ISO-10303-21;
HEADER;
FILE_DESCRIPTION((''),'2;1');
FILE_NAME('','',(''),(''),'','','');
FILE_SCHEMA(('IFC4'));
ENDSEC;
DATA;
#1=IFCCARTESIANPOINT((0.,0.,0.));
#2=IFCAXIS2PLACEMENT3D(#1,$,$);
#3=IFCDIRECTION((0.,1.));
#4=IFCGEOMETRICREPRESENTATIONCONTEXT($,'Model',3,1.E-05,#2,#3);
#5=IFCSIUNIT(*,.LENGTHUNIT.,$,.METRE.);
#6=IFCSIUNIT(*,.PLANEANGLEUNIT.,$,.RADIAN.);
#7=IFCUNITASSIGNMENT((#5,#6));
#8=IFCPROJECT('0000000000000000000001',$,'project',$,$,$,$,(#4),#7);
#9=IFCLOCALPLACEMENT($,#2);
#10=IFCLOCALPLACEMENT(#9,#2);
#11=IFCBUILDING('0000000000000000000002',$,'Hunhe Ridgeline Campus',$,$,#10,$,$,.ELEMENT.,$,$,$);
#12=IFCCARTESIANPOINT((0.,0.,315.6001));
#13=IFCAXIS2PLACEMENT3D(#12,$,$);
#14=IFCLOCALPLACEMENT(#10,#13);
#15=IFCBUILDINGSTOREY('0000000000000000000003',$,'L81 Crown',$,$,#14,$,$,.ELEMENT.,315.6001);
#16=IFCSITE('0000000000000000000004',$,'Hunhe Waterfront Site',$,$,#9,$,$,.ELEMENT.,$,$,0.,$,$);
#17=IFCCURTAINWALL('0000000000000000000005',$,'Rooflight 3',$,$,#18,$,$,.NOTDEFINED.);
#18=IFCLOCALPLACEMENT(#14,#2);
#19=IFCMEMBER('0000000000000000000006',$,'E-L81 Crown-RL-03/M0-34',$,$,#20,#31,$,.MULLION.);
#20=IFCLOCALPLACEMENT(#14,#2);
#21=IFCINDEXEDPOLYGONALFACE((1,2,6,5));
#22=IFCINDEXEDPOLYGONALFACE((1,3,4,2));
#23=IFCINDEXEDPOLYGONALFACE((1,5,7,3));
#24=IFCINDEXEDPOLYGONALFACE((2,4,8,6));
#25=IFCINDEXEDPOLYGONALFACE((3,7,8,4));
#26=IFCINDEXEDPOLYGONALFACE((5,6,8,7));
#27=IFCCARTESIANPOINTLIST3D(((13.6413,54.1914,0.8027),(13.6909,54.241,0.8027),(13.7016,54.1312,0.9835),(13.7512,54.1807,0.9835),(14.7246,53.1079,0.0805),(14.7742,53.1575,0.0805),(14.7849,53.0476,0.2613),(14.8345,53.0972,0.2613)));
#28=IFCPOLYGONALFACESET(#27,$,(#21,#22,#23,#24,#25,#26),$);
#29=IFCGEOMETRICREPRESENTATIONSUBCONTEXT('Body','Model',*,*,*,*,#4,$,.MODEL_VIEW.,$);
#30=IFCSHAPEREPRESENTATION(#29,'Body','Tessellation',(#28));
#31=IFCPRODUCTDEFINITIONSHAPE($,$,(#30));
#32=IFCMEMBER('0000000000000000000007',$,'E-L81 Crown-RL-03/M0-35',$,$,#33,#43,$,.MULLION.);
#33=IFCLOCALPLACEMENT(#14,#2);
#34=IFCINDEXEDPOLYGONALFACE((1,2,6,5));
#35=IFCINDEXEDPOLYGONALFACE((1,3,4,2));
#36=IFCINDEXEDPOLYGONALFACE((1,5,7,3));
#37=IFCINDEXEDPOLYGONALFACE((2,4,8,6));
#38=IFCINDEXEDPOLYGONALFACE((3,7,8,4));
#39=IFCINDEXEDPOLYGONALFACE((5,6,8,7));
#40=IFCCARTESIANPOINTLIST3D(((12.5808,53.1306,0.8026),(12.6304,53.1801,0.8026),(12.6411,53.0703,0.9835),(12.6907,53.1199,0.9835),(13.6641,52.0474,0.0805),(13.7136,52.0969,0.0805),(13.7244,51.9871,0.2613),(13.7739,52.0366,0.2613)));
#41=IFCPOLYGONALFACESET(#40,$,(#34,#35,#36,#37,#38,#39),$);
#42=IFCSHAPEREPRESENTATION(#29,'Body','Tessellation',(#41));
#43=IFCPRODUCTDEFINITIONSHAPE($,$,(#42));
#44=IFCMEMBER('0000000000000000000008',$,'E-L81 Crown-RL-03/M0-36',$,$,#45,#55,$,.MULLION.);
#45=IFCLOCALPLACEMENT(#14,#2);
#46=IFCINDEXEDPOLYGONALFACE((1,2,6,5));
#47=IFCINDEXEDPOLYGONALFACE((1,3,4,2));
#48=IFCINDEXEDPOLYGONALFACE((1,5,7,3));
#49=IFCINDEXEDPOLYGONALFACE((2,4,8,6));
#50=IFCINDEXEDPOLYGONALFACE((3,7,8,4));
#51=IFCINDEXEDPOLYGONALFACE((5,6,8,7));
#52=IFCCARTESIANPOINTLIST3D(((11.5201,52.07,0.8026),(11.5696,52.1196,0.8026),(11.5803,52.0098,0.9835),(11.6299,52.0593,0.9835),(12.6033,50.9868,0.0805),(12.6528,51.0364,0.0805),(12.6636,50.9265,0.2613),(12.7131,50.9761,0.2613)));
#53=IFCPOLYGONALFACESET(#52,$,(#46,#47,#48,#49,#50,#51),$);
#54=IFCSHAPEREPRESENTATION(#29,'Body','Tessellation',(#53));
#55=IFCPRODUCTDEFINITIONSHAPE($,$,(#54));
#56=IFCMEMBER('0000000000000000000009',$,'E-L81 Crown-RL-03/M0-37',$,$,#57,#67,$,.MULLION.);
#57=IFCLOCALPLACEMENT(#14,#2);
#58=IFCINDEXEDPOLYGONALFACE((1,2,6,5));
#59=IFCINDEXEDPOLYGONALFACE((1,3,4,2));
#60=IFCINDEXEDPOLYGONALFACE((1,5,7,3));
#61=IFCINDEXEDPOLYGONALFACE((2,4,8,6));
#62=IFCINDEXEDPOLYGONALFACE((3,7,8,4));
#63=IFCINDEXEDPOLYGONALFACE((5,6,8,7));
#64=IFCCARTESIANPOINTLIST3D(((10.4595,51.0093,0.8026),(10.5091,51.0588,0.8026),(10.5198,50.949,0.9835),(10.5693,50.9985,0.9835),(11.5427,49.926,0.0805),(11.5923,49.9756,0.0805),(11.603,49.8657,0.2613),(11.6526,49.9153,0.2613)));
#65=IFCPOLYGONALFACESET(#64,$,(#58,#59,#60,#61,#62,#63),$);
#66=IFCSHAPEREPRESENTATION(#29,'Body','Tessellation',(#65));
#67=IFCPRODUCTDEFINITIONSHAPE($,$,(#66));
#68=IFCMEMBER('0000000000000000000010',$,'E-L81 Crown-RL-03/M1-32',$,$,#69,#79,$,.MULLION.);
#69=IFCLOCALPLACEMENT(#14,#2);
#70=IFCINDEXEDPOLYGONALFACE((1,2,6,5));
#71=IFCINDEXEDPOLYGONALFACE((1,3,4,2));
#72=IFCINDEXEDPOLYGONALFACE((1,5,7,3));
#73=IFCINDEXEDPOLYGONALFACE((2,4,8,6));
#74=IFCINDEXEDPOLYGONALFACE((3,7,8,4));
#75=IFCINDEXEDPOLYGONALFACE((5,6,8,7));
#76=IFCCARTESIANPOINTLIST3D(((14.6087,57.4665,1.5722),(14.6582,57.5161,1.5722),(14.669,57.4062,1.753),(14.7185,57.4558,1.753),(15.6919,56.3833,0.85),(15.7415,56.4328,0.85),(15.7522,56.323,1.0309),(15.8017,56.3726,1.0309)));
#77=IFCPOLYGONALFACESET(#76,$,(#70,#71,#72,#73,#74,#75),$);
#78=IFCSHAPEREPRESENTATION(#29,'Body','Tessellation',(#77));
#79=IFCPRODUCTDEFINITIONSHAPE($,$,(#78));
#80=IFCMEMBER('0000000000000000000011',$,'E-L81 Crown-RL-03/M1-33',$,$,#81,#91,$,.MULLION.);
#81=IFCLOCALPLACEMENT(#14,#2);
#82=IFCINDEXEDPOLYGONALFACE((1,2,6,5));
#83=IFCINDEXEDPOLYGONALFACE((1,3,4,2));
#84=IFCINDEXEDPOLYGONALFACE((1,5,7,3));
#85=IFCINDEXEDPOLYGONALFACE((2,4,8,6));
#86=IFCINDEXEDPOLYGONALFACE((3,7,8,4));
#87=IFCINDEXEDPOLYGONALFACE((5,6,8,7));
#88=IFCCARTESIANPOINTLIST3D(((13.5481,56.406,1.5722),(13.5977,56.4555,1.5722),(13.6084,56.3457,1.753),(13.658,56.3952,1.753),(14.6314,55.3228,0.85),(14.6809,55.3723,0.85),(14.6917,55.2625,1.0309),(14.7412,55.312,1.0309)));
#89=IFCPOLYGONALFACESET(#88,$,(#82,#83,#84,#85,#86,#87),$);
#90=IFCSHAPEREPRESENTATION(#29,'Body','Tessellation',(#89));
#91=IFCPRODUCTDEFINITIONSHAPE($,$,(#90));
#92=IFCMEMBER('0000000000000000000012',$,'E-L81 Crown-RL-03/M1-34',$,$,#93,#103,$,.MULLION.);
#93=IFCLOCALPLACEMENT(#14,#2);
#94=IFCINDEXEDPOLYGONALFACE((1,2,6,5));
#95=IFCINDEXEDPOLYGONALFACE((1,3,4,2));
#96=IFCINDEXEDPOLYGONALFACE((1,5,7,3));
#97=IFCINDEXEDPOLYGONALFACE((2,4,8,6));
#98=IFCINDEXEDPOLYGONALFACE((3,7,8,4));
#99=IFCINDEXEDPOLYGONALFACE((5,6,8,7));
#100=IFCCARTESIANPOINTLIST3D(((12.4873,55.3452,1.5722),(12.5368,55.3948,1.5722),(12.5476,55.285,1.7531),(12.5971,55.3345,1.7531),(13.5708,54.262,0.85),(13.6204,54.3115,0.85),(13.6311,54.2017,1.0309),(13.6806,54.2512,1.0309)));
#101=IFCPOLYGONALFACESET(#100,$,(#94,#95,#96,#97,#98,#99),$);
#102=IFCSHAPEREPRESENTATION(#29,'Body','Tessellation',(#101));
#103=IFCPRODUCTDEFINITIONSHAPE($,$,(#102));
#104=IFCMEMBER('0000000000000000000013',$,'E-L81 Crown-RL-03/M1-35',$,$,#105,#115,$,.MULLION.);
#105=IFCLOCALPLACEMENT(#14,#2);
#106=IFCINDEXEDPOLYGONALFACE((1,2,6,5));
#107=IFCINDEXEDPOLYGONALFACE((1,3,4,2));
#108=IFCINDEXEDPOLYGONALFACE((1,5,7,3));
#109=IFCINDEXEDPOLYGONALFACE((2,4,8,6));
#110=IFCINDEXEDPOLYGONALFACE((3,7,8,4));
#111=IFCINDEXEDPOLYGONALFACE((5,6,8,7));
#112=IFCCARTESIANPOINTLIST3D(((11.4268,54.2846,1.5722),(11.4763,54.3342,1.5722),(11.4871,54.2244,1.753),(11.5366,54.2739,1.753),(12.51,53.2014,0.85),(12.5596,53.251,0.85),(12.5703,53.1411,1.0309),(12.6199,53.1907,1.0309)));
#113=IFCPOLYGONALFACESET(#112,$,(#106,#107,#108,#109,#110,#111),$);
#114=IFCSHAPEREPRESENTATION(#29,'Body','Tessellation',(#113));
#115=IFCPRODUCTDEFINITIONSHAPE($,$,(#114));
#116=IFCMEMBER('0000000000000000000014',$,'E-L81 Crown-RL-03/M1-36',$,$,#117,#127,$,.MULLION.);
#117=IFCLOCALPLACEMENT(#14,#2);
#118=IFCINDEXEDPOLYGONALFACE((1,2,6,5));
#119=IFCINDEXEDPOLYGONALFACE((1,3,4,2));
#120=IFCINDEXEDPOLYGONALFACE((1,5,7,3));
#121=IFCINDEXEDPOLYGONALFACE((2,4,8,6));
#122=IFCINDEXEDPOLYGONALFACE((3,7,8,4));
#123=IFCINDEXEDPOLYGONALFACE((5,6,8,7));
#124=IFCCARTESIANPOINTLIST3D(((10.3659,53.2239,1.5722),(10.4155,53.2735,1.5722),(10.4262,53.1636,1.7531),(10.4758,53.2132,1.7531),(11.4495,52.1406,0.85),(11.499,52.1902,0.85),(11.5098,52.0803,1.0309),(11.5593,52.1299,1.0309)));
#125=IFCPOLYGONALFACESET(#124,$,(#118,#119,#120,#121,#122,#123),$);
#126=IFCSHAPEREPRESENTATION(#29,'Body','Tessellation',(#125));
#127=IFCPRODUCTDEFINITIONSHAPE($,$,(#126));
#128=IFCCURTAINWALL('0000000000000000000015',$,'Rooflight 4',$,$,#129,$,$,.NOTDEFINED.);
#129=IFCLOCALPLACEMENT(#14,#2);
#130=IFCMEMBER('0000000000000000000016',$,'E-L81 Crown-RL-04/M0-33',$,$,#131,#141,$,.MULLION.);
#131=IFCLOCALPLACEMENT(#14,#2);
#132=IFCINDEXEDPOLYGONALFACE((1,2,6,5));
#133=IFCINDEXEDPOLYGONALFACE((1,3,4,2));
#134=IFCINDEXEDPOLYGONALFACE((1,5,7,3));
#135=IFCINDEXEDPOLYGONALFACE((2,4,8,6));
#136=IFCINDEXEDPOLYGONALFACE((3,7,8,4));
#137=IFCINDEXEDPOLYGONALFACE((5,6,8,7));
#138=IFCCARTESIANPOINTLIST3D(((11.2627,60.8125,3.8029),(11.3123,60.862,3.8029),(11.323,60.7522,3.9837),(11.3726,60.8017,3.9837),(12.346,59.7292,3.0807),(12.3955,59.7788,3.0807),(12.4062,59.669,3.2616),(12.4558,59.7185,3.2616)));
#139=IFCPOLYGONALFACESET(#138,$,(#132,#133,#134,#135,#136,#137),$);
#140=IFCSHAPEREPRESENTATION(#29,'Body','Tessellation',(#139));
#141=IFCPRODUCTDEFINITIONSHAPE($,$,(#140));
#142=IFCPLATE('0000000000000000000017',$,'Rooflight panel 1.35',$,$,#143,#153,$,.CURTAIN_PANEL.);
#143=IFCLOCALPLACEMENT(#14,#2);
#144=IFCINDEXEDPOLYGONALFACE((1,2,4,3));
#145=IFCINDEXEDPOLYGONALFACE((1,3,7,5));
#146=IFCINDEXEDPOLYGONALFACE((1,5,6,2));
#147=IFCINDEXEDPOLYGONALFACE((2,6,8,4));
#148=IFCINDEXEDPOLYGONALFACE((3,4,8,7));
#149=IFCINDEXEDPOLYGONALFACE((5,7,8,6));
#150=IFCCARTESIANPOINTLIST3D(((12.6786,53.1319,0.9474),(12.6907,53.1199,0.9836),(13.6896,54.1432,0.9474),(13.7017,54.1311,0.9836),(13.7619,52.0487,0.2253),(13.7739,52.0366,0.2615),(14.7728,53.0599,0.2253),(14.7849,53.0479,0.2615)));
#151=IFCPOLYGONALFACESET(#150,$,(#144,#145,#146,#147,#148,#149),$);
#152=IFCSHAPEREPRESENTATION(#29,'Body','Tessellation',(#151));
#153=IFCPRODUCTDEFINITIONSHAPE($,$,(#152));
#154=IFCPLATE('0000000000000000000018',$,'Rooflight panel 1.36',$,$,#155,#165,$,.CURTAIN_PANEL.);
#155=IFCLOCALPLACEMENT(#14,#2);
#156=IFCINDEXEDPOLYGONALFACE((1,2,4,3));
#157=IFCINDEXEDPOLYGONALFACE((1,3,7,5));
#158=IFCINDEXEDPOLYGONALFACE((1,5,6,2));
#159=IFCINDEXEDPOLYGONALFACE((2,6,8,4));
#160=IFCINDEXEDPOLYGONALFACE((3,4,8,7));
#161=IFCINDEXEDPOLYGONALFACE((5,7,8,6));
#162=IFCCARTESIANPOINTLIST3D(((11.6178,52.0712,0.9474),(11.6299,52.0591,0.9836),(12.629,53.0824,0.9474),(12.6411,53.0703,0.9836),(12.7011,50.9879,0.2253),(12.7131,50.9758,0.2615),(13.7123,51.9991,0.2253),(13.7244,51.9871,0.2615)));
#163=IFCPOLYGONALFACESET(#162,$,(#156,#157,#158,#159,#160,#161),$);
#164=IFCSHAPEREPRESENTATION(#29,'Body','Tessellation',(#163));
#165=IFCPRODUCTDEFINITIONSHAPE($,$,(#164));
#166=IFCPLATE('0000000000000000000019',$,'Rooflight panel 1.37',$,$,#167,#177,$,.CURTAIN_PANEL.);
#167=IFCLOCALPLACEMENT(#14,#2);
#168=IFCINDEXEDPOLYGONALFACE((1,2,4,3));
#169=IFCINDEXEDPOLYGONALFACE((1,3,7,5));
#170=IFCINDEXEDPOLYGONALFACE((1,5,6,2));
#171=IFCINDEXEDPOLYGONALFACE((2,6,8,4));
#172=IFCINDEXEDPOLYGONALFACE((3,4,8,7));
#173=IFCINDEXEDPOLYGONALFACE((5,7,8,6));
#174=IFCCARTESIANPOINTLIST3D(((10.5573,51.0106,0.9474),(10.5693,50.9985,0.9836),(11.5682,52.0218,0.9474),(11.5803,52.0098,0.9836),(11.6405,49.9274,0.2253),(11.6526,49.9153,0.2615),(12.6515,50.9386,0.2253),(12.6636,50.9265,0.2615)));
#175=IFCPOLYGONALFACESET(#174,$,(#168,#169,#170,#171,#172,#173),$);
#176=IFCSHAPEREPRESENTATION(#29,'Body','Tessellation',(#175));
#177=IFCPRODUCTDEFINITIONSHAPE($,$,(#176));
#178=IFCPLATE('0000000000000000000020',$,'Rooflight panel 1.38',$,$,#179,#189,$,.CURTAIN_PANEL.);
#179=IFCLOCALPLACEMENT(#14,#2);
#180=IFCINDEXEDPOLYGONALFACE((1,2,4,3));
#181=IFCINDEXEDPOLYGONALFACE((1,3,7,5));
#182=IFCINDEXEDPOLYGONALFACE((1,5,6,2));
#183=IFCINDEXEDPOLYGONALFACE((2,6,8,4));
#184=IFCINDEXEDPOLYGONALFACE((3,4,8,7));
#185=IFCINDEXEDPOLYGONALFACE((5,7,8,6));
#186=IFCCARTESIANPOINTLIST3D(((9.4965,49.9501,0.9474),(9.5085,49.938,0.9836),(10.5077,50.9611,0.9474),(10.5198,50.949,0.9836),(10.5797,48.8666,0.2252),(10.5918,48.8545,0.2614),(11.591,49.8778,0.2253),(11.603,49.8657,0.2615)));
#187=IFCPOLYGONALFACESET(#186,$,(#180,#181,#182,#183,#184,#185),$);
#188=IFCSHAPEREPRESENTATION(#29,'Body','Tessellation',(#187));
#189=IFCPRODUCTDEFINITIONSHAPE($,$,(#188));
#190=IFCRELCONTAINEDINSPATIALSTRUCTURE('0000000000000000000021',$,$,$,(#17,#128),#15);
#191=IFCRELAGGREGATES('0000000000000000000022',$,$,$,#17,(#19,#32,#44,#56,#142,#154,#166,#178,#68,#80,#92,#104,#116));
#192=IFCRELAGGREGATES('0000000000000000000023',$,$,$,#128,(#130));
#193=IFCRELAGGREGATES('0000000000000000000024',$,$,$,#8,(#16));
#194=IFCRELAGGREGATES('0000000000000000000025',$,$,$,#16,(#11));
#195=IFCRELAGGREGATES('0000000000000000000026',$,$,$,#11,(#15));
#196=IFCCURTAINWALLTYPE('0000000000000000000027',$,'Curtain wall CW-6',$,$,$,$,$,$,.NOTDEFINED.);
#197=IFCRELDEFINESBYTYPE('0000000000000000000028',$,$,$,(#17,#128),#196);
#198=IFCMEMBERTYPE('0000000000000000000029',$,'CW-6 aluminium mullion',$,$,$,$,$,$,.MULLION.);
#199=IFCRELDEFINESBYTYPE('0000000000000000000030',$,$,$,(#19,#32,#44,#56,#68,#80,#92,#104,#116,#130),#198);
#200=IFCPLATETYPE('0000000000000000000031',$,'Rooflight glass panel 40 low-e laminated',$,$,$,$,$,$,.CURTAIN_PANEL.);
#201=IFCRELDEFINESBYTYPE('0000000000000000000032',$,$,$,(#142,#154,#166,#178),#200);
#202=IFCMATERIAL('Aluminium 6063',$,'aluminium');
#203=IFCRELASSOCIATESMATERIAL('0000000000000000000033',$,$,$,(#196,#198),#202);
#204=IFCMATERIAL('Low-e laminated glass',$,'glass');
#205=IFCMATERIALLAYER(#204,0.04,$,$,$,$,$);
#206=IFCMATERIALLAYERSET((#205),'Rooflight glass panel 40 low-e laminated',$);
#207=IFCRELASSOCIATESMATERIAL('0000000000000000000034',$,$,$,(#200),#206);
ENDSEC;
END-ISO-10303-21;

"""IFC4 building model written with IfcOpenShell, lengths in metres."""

from ifc_helpers import new_model, si_unit, direction, frame, origin, origin_2d, place, context, subcontext, project, spatial, polyline, rectangle, outline, extrude, material, layer, layer_set, material_profile, profile_set, type_object, element, aggregate, save


model = new_model("IFC4")

# Units and contexts
model_context = context("Model", 3, precision=1e-05, world=origin(), true_north=direction((0.0, 1.0)))
body_context = subcontext(model_context, "Body", "Model", "MODEL_VIEW")
ifc_project = project(units=[si_unit("LENGTHUNIT", "METRE"), si_unit("PLANEANGLEUNIT", "RADIAN")], contexts=[model_context])

# Site, building, storey
site_placement = place(None, origin())
site = spatial("IfcSite", under=ifc_project, at=site_placement, Name="Hunhe Waterfront Site", CompositionType="ELEMENT", RefElevation=0.0)
building_placement = place(site_placement, origin())
building = spatial("IfcBuilding", under=site, at=building_placement, Name="Hunhe Ridgeline Campus", CompositionType="ELEMENT")
storey_placement = place(building_placement, frame((0.0, 0.0, 315.6001)))
storey = spatial("IfcBuildingStorey", under=building, at=storey_placement, Name="L81 Crown", CompositionType="ELEMENT", Elevation=315.6001)

# Curtain wall, members
ifc_material_1 = material(Name="Aluminium 6063", Category="aluminium")
curtain_wall_type = type_object("IfcCurtainWallType", Name="Curtain wall CW-6", PredefinedType="NOTDEFINED", material=ifc_material_1)
curtain_wall_1_placement = place(storey_placement, origin())
curtain_wall_1 = element("IfcCurtainWall", 1, at=curtain_wall_1_placement, inside=storey, type_object=curtain_wall_type, Name="Rooflight 3", PredefinedType="NOTDEFINED")
ifc_material_profile = material_profile(ifc_material_1, rectangle(XDim=0.0701, YDim=0.2, at=origin_2d()))
ifc_profile_set = profile_set([ifc_material_profile], Name="Aluminium 6063")
member_type = type_object("IfcMemberType", Name="CW-6 aluminium mullion", PredefinedType="MULLION", material=ifc_profile_set)
member_1_placement = place(storey_placement, frame((14.7795, 53.1025, 0.1709), z_axis=(-0.639543, 0.639687, 0.426362), x_axis=(-0.707186, -0.707027, 0.0)))
member_1 = element("IfcMember", 2, at=member_1_placement, type_object=member_type, Name="E-L81 Crown-RL-03/M0-34", PredefinedType="MULLION", context=body_context, shape_type="SweptSolid", body=[
    extrude(rectangle(XDim=0.0701, YDim=0.2, at=origin_2d()), origin(), (0.0, 0.0, 1.0), 1.6938),
])
member_2_placement = place(storey_placement, frame((13.719, 52.042, 0.1709), z_axis=(-0.639602, 0.639602, 0.426401), x_axis=(-0.707107, -0.707107, 0.0)))
member_2 = element("IfcMember", 3, at=member_2_placement, type_object=member_type, Name="E-L81 Crown-RL-03/M0-35", PredefinedType="MULLION", context=body_context, shape_type="SweptSolid", body=[
    extrude(rectangle(XDim=0.0701, YDim=0.2, at=origin_2d()), origin(), (0.0, 0.0, 1.0), 1.6936),
])
member_3_placement = place(storey_placement, frame((12.6582, 50.9814, 0.1709), z_axis=(-0.639602, 0.639602, 0.426401), x_axis=(-0.707107, -0.707107, 0.0)))
member_3 = element("IfcMember", 4, at=member_3_placement, type_object=member_type, Name="E-L81 Crown-RL-03/M0-36", PredefinedType="MULLION", context=body_context, shape_type="SweptSolid", body=[
    extrude(rectangle(XDim=0.0701, YDim=0.2, at=origin_2d()), origin(), (0.0, 0.0, 1.0), 1.6936),
])
member_4_placement = place(storey_placement, frame((11.5977, 49.9207, 0.1709), z_axis=(-0.639602, 0.639602, 0.426401), x_axis=(-0.707107, -0.707107, 0.0)))
member_4 = element("IfcMember", 5, at=member_4_placement, type_object=member_type, Name="E-L81 Crown-RL-03/M0-37", PredefinedType="MULLION", context=body_context, shape_type="SweptSolid", body=[
    extrude(rectangle(XDim=0.0701, YDim=0.2, at=origin_2d()), origin(), (0.0, 0.0, 1.0), 1.6936),
])
member_5_placement = place(storey_placement, frame((15.7468, 56.3779, 0.9404), z_axis=(-0.639602, 0.639602, 0.426401), x_axis=(-0.707107, -0.707107, 0.0)))
member_5 = element("IfcMember", 6, at=member_5_placement, type_object=member_type, Name="E-L81 Crown-RL-03/M1-32", PredefinedType="MULLION", context=body_context, shape_type="SweptSolid", body=[
    extrude(rectangle(XDim=0.0701, YDim=0.2, at=origin_2d()), origin(), (0.0, 0.0, 1.0), 1.6936),
])
member_6_placement = place(storey_placement, frame((14.6863, 55.3174, 0.9404), z_axis=(-0.639602, 0.639602, 0.426401), x_axis=(-0.707107, -0.707107, 0.0)))
member_6 = element("IfcMember", 7, at=member_6_placement, type_object=member_type, Name="E-L81 Crown-RL-03/M1-33", PredefinedType="MULLION", context=body_context, shape_type="SweptSolid", body=[
    extrude(rectangle(XDim=0.0701, YDim=0.2, at=origin_2d()), origin(), (0.0, 0.0, 1.0), 1.6936),
])
member_7_placement = place(storey_placement, frame((13.6257, 54.2566, 0.9404), z_axis=(-0.639687, 0.639543, 0.426362), x_axis=(-0.707027, -0.707186, 0.0)))
member_7 = element("IfcMember", 8, at=member_7_placement, type_object=member_type, Name="E-L81 Crown-RL-03/M1-34", PredefinedType="MULLION", context=body_context, shape_type="SweptSolid", body=[
    extrude(rectangle(XDim=0.0701, YDim=0.2, at=origin_2d()), origin(), (0.0, 0.0, 1.0), 1.6938),
])
member_8_placement = place(storey_placement, frame((12.5649, 53.196, 0.9404), z_axis=(-0.639602, 0.639602, 0.426401), x_axis=(-0.707107, -0.707107, 0.0)))
member_8 = element("IfcMember", 9, at=member_8_placement, type_object=member_type, Name="E-L81 Crown-RL-03/M1-35", PredefinedType="MULLION", context=body_context, shape_type="SweptSolid", body=[
    extrude(rectangle(XDim=0.0701, YDim=0.2, at=origin_2d()), origin(), (0.0, 0.0, 1.0), 1.6936),
])
member_9_placement = place(storey_placement, frame((11.5044, 52.1353, 0.9404), z_axis=(-0.639687, 0.639543, 0.426362), x_axis=(-0.707027, -0.707186, 0.0)))
member_9 = element("IfcMember", 10, at=member_9_placement, type_object=member_type, Name="E-L81 Crown-RL-03/M1-36", PredefinedType="MULLION", context=body_context, shape_type="SweptSolid", body=[
    extrude(rectangle(XDim=0.0701, YDim=0.2, at=origin_2d()), origin(), (0.0, 0.0, 1.0), 1.6938),
])

# Curtain wall, member
curtain_wall_2_placement = place(storey_placement, origin())
curtain_wall_2 = element("IfcCurtainWall", 11, at=curtain_wall_2_placement, inside=storey, type_object=curtain_wall_type, Name="Rooflight 4", PredefinedType="NOTDEFINED")
member_10_placement = place(storey_placement, frame((12.4009, 59.7239, 3.1711), z_axis=(-0.639602, 0.639602, 0.426401), x_axis=(-0.707107, -0.707107, 0.0)))
member_10 = element("IfcMember", 12, at=member_10_placement, type_object=member_type, Name="E-L81 Crown-RL-04/M0-33", PredefinedType="MULLION", context=body_context, shape_type="SweptSolid", body=[
    extrude(rectangle(XDim=0.0701, YDim=0.2, at=origin_2d()), origin(), (0.0, 0.0, 1.0), 1.6936),
])

# Plates
ifc_material_2 = material(Name="Low-e laminated glass", Category="glass")
ifc_layer = layer(ifc_material_2, 0.04)
ifc_layer_set = layer_set([ifc_layer], Name="Rooflight glass panel 40 low-e laminated")
plate_type = type_object("IfcPlateType", Name="Rooflight glass panel 40 low-e laminated", PredefinedType="CURTAIN_PANEL", material=ifc_layer_set)
plate_1_placement = place(storey_placement, frame((14.7849, 53.0479, 0.2615), z_axis=(0.301548, -0.301475, 0.904534), x_axis=(-0.639602, 0.639602, 0.426401)))
plate_1 = element("IfcPlate", 13, at=plate_1_placement, type_object=plate_type, Name="Rooflight panel 1.35", PredefinedType="CURTAIN_PANEL", context=body_context, shape_type="SweptSolid", body=[
    extrude(outline(polyline([(0.0, 0.0), (1.6936, 0.0), (1.6935, 1.4299), (-0.0002, 1.4299), (0.0, 0.0)])), origin(), (0.0, 0.0, -1.0), 0.04),
])
plate_2_placement = place(storey_placement, frame((13.7244, 51.9871, 0.2615), z_axis=(0.301511, -0.301511, 0.904534), x_axis=(-0.639602, 0.639602, 0.426401)))
plate_2 = element("IfcPlate", 14, at=plate_2_placement, type_object=plate_type, Name="Rooflight panel 1.36", PredefinedType="CURTAIN_PANEL", context=body_context, shape_type="SweptSolid", body=[
    extrude(outline(polyline([(0.0, 0.0), (1.6936, 0.0), (1.6936, 1.4301), (0.0, 1.4301), (0.0, 0.0)])), origin(), (0.0, 0.0, -1.0), 0.04),
])
plate_3_placement = place(storey_placement, frame((12.6636, 50.9265, 0.2615), z_axis=(0.301548, -0.301475, 0.904534), x_axis=(-0.639602, 0.639602, 0.426401)))
plate_3 = element("IfcPlate", 15, at=plate_3_placement, type_object=plate_type, Name="Rooflight panel 1.37", PredefinedType="CURTAIN_PANEL", context=body_context, shape_type="SweptSolid", body=[
    extrude(outline(polyline([(0.0, 0.0), (1.6936, 0.0), (1.6935, 1.4299), (-0.0002, 1.4299), (0.0, 0.0)])), origin(), (0.0, 0.0, -1.0), 0.04),
])
plate_4_placement = place(storey_placement, frame((11.603, 49.8657, 0.2615), z_axis=(0.301479, -0.301516, 0.904543), x_axis=(-0.639609, 0.639609, 0.426382)))
plate_4 = element("IfcPlate", 16, at=plate_4_placement, type_object=plate_type, Name="Rooflight panel 1.38", PredefinedType="CURTAIN_PANEL", context=body_context, shape_type="SweptSolid", body=[
    extrude(outline(polyline([(0.0, 0.0), (1.6936, 0.0), (1.6938, 1.4299), (0.0, 1.4301), (0.0, 0.0)])), origin(), (0.0, 0.0, -1.0), 0.04),
])
aggregate(curtain_wall_1, [member_1, member_2, member_3, member_4, plate_1, plate_2, plate_3, plate_4, member_5, member_6, member_7, member_8, member_9])
aggregate(curtain_wall_2, [member_10])

save(model, "model.ifc")
